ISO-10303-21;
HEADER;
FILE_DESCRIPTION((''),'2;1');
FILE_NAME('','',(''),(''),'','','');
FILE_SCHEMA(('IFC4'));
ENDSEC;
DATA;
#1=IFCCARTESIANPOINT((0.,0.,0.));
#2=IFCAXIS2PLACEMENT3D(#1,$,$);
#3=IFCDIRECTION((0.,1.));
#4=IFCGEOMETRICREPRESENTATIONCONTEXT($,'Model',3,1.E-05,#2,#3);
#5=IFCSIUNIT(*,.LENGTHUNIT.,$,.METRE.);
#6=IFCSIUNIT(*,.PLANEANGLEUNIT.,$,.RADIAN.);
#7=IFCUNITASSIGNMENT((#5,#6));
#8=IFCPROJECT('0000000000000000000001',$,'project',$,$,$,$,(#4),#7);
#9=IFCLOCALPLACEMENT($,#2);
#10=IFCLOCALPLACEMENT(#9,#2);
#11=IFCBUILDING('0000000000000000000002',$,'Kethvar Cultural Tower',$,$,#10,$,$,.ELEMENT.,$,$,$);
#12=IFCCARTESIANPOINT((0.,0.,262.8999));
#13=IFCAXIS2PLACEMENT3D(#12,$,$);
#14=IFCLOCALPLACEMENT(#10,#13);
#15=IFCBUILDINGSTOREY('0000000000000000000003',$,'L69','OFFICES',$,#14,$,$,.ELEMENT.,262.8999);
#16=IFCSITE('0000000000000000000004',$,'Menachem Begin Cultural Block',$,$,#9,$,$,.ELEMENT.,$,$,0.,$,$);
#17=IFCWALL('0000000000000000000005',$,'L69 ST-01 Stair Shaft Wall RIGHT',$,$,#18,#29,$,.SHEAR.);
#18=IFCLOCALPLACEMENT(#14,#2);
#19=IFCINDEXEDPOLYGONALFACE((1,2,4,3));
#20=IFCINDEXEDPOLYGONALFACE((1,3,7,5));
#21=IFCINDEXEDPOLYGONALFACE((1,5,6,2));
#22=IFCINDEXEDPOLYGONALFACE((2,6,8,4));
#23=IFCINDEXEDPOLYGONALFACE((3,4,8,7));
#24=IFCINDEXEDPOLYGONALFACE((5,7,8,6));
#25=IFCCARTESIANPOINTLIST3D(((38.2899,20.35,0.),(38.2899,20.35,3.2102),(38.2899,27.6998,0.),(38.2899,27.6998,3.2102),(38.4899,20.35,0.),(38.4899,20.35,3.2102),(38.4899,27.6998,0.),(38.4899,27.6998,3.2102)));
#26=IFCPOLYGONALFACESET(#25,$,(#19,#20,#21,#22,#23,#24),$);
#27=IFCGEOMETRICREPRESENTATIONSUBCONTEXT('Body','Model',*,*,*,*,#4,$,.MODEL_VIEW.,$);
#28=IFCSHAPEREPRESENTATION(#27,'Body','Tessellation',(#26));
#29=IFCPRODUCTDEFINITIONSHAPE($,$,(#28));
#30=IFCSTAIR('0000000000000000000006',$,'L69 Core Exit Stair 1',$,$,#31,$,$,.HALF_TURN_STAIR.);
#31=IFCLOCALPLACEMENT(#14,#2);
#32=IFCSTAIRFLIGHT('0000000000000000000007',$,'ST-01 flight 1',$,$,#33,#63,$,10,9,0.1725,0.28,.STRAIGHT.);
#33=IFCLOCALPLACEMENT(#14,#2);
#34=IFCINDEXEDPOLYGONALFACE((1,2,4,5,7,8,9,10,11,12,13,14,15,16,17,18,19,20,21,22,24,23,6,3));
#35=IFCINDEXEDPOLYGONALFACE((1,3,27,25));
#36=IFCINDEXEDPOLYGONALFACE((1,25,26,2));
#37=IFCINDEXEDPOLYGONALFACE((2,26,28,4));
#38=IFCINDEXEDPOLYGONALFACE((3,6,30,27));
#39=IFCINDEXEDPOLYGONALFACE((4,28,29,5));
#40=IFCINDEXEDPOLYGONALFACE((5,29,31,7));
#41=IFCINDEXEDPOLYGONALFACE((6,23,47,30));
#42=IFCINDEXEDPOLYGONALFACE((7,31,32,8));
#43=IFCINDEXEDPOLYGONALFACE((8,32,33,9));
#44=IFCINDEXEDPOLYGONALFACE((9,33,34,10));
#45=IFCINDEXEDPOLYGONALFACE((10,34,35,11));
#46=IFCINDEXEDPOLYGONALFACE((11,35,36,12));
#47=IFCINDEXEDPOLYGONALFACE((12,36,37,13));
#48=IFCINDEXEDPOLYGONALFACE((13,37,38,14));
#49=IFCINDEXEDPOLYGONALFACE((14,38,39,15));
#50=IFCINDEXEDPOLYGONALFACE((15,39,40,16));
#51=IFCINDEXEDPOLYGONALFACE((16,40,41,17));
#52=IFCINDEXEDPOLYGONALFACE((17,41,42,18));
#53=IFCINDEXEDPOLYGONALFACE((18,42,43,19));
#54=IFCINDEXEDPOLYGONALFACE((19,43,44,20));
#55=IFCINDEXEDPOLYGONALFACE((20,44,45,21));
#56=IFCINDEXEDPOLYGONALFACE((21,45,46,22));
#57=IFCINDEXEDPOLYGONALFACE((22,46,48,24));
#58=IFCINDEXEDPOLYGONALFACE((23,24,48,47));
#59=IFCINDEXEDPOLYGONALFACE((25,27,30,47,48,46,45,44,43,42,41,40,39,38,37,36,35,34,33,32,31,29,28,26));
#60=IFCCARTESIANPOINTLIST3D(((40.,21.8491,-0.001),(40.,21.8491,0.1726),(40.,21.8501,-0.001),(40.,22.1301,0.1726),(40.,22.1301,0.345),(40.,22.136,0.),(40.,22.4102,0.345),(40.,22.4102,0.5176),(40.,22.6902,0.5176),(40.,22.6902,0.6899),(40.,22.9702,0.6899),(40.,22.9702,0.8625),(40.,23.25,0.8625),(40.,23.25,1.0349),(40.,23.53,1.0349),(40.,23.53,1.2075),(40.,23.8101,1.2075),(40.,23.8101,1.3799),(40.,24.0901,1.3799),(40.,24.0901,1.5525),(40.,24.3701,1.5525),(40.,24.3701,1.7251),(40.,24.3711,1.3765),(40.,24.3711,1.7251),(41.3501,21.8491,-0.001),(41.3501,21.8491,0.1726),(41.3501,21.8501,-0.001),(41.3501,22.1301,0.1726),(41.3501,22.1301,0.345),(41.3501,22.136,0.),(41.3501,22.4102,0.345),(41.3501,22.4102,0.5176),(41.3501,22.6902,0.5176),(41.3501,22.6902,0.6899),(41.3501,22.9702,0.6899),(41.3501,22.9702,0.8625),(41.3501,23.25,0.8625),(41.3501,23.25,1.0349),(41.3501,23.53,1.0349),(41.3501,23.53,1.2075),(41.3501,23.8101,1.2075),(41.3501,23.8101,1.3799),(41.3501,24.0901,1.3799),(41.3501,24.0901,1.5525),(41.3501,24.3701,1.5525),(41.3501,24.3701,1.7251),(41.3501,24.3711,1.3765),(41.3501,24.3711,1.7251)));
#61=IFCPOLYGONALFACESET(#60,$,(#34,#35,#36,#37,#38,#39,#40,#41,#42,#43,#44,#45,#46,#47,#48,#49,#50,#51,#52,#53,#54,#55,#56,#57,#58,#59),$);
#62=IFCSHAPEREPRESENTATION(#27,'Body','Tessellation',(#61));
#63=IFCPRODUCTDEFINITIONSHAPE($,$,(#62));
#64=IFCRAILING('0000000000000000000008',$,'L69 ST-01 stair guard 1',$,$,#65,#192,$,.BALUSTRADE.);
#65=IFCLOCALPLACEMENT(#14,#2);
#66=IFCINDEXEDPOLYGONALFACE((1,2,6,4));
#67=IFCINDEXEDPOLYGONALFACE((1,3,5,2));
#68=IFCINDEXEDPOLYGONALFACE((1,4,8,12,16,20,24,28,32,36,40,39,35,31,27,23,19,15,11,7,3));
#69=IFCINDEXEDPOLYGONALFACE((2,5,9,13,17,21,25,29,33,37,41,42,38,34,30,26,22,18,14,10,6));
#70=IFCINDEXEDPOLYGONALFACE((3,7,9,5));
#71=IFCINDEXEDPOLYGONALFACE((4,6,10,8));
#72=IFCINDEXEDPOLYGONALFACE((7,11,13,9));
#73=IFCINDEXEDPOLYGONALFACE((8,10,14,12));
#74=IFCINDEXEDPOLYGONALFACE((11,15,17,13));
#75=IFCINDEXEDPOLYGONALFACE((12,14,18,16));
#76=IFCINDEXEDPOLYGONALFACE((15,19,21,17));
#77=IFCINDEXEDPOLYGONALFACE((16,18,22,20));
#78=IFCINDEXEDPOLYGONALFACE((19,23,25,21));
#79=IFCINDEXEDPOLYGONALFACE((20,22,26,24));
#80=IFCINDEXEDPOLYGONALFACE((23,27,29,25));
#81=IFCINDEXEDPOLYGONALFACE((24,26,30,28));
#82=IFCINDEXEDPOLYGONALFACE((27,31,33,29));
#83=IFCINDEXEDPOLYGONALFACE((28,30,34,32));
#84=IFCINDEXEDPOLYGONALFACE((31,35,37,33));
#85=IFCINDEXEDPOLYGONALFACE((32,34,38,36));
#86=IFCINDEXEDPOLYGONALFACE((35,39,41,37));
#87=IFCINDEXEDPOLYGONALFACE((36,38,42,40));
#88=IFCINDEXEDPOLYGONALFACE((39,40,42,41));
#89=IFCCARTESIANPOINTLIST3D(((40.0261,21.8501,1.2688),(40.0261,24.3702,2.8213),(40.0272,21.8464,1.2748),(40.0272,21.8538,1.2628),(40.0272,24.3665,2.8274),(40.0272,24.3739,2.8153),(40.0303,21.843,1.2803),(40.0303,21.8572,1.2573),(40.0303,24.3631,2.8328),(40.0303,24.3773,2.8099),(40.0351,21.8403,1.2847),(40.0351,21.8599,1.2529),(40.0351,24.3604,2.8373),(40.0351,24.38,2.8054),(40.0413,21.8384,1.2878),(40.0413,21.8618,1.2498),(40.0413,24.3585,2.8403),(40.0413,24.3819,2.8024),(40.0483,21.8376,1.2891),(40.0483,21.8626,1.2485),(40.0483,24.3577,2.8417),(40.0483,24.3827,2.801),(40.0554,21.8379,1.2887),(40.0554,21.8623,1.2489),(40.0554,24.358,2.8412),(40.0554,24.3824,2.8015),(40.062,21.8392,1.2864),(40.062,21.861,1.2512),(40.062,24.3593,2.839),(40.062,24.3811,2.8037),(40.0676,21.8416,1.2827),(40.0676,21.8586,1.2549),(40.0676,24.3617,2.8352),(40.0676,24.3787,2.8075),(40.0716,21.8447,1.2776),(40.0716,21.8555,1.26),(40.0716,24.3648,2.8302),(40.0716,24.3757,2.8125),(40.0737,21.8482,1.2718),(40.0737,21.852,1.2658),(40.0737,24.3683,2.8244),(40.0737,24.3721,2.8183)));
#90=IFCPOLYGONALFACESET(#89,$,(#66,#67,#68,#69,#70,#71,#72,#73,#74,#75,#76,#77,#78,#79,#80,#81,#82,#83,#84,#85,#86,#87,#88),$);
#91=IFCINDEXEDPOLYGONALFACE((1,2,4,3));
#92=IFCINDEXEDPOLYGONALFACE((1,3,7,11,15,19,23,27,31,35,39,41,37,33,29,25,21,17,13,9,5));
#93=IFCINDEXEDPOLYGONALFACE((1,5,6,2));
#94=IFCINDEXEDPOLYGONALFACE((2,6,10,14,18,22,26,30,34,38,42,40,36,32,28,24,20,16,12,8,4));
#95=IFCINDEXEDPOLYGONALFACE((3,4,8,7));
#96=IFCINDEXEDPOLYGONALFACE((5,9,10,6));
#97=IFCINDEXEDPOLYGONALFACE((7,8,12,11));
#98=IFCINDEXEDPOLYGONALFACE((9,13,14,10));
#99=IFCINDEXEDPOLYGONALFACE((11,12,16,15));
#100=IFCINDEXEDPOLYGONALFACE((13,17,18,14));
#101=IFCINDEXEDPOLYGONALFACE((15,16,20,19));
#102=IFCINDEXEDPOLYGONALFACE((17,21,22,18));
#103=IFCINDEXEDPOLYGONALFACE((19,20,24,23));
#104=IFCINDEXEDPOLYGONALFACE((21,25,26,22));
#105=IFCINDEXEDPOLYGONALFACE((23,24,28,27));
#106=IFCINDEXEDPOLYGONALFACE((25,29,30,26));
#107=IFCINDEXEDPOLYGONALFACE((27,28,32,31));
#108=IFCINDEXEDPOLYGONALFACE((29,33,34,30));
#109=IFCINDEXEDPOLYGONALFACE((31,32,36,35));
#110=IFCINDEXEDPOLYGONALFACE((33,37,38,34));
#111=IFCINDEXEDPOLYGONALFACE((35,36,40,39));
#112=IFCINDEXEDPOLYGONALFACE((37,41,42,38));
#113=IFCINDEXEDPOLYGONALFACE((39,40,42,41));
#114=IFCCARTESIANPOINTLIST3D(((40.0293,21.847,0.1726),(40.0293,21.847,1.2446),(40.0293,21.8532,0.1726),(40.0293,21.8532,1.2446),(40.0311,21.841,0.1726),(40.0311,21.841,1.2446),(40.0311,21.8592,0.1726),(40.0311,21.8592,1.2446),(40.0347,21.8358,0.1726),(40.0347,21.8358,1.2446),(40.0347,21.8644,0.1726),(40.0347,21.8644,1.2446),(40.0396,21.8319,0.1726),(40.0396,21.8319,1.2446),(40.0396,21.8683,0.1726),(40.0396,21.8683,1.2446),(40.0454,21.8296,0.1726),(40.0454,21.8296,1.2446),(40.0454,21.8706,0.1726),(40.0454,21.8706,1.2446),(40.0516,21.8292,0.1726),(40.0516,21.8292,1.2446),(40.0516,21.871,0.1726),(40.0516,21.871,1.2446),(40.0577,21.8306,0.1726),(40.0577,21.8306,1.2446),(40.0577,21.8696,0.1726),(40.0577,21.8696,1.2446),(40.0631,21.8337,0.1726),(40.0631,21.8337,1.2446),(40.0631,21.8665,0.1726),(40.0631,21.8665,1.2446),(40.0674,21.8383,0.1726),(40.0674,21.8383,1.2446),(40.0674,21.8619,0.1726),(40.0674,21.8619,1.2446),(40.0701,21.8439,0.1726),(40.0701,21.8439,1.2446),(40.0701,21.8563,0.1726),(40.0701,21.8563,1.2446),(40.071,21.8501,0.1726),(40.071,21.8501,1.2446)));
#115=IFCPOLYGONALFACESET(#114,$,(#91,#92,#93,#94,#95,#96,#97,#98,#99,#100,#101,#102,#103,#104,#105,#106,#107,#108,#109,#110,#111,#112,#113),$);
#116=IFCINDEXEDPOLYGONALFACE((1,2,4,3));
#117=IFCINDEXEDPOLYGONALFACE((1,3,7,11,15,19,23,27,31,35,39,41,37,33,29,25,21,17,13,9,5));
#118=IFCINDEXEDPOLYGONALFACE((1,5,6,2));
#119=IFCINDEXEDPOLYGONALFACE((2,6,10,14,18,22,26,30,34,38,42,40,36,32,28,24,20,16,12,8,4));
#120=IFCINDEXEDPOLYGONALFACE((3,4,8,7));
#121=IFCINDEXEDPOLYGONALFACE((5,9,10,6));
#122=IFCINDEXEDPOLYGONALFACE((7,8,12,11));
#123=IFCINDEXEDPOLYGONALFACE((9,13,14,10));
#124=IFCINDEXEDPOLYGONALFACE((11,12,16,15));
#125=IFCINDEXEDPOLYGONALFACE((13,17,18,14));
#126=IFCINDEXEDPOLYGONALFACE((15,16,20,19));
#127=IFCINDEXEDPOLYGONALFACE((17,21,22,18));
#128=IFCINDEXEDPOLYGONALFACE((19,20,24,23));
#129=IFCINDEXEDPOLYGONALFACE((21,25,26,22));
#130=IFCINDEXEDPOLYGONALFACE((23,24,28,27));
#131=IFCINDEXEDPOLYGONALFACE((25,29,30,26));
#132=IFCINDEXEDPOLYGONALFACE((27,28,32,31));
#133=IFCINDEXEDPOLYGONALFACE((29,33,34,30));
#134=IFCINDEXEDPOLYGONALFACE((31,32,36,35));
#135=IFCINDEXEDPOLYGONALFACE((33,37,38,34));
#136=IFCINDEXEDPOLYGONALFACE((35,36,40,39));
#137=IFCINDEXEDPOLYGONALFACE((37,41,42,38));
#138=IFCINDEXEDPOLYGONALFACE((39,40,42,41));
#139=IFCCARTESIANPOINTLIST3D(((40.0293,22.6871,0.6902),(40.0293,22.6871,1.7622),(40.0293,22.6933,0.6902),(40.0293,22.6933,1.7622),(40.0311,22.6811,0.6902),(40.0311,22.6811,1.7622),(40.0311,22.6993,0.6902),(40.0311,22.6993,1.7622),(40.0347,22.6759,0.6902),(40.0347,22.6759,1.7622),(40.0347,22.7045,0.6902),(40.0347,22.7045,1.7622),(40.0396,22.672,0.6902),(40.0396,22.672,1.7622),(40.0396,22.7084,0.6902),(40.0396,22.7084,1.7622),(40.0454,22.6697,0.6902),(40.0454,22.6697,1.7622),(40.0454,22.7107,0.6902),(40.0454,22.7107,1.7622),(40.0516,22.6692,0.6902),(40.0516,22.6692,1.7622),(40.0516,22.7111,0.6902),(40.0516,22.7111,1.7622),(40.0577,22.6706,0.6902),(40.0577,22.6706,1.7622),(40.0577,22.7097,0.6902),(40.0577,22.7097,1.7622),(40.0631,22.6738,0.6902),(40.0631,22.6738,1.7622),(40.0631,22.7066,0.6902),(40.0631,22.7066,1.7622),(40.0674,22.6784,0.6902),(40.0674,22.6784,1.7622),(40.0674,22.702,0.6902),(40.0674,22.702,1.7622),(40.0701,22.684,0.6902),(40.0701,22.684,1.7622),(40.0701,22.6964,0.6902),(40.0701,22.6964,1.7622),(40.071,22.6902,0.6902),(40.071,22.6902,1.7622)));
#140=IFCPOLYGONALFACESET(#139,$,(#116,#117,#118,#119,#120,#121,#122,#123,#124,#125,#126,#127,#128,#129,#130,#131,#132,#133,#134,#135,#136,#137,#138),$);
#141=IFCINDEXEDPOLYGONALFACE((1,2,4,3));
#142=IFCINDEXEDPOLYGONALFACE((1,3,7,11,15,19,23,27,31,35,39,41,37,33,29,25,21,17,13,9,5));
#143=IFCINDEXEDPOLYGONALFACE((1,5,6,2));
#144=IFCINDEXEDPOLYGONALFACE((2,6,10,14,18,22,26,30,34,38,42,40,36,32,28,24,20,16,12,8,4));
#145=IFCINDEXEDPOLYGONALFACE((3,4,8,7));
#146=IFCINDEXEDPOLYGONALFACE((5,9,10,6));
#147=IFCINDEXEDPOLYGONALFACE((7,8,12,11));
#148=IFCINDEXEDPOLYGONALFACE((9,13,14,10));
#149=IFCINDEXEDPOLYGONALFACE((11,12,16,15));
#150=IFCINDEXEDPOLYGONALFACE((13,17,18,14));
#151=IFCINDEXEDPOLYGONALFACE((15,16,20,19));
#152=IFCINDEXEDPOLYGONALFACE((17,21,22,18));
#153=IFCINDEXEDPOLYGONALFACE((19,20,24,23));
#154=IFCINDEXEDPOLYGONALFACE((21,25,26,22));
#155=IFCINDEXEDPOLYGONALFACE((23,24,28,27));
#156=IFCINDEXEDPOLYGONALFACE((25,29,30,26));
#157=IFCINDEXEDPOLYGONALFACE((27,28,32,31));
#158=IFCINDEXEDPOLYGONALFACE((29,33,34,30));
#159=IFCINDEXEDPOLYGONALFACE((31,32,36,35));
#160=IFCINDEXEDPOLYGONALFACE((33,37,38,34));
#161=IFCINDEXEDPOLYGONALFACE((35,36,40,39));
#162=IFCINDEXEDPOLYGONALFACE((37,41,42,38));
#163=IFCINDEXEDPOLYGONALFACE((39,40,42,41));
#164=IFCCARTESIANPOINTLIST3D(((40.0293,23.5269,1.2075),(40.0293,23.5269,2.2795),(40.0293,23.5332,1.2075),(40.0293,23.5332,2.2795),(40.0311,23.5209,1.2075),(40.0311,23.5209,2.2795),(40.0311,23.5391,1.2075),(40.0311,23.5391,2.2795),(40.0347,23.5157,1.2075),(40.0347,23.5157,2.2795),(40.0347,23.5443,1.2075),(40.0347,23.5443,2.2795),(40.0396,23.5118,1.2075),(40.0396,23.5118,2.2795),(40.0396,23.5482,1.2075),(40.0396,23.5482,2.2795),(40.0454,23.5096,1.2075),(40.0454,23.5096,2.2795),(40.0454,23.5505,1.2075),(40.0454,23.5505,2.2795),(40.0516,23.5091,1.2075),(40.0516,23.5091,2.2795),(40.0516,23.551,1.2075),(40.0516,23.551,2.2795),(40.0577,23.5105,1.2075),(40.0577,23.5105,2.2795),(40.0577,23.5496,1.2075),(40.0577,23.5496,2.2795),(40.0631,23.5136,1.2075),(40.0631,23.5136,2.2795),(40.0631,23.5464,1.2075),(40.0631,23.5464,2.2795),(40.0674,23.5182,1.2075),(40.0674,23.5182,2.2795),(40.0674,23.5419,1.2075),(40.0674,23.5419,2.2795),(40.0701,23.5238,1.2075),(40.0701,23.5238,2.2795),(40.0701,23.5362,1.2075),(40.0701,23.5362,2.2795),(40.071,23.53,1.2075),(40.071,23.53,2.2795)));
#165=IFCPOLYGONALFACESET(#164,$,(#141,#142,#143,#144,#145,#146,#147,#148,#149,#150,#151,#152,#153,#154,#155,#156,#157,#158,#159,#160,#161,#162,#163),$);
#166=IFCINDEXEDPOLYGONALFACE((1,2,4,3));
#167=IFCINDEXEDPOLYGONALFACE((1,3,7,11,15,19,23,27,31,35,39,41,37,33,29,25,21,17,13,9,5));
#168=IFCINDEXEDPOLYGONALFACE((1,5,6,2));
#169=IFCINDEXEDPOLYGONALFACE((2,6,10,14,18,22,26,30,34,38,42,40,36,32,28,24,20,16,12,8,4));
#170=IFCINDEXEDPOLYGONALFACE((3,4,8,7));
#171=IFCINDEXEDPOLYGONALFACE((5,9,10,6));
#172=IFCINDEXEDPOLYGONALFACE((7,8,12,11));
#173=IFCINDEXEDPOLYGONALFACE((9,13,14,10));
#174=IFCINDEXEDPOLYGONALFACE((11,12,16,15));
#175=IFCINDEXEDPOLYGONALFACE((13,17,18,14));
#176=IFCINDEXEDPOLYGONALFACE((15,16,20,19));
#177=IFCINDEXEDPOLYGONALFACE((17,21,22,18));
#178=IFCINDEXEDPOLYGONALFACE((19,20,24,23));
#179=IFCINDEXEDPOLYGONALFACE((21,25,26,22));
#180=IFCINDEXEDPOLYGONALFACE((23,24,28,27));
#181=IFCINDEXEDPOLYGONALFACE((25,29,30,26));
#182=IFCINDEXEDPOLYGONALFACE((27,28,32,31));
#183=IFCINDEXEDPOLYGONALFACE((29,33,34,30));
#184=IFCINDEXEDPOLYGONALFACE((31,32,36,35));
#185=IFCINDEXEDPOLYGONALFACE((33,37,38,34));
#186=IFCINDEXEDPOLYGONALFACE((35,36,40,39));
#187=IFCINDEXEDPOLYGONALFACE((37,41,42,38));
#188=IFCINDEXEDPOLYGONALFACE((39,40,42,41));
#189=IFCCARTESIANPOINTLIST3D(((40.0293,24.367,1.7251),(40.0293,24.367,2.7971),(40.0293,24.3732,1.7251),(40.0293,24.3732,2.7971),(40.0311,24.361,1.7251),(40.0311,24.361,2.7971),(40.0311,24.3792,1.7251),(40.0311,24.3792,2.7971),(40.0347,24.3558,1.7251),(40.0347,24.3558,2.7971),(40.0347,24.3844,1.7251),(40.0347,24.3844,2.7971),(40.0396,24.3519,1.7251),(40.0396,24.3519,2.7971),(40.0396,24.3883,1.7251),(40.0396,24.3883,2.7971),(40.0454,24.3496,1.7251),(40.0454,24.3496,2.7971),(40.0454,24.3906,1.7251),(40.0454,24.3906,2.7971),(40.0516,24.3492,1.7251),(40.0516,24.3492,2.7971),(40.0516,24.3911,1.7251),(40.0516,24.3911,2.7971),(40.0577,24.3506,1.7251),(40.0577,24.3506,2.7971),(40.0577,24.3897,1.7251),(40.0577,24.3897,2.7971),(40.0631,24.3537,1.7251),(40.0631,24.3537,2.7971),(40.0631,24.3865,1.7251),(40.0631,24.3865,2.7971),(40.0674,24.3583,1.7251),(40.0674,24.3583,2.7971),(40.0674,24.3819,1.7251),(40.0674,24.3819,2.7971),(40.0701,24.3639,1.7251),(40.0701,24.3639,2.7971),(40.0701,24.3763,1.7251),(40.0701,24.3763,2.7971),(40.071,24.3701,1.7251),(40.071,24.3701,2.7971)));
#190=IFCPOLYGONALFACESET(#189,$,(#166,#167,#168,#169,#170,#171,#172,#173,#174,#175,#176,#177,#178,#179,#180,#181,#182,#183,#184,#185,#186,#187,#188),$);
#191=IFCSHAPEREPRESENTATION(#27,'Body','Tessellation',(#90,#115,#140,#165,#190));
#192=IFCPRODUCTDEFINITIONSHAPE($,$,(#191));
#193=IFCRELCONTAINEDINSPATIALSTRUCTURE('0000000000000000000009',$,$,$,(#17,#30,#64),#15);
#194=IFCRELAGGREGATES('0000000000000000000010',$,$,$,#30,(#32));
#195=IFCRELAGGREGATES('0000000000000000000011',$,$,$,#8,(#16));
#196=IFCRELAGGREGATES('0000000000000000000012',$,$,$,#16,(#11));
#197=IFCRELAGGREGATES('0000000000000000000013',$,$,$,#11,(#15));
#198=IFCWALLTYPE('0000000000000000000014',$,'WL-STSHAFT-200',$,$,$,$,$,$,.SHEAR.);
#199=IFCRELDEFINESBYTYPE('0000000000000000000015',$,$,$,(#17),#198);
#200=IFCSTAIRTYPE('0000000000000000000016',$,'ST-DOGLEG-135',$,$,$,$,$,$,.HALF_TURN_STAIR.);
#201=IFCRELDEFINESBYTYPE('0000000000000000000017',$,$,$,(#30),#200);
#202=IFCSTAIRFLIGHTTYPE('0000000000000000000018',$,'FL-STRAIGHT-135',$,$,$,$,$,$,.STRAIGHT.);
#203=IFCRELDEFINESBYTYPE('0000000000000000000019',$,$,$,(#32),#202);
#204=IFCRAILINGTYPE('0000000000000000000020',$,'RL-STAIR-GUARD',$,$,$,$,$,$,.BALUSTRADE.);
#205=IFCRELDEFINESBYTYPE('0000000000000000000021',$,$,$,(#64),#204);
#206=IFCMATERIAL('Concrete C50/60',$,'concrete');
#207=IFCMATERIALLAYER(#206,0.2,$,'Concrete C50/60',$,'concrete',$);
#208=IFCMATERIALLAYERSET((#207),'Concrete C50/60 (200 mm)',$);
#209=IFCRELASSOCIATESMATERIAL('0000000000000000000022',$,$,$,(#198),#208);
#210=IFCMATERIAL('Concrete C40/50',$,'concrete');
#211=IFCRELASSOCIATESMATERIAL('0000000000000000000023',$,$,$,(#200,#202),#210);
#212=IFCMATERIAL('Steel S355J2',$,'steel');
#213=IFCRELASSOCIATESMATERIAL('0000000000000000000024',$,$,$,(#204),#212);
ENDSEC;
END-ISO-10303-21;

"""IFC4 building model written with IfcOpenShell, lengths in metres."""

from ifc_helpers import new_model, si_unit, direction, frame, frame_2d, origin, origin_2d, place, context, subcontext, project, spatial, polyline, rectangle, circle, outline, extrude, material, layer, layer_set, type_object, element, aggregate, save


model = new_model("IFC4")

# Units and contexts
model_context = context("Model", 3, precision=1e-05, world=origin(), true_north=direction((0.0, 1.0)))
body_context = subcontext(model_context, "Body", "Model", "MODEL_VIEW")
ifc_project = project(units=[si_unit("LENGTHUNIT", "METRE"), si_unit("PLANEANGLEUNIT", "RADIAN")], contexts=[model_context])

# Site, building, storey
site_placement = place(None, origin())
site = spatial("IfcSite", under=ifc_project, at=site_placement, Name="Menachem Begin Cultural Block", CompositionType="ELEMENT", RefElevation=0.0)
building_placement = place(site_placement, origin())
building = spatial("IfcBuilding", under=site, at=building_placement, Name="Kethvar Cultural Tower", CompositionType="ELEMENT")
storey_placement = place(building_placement, frame((0.0, 0.0, 262.8999)))
storey = spatial("IfcBuildingStorey", under=building, at=storey_placement, Name="L69", Description="OFFICES", CompositionType="ELEMENT", Elevation=262.8999)

# Shared definitions
ifc_material_1 = material(Name="Steel S355J2", Category="steel")

# Shared definitions
ifc_material_2 = material(Name="Concrete C50/60", Category="concrete")

# Shared definitions
ifc_material_3 = material(Name="Concrete C40/50", Category="concrete")

# Wall
ifc_layer_1 = layer(ifc_material_2, 0.2, Name="Concrete C50/60", Category="concrete")
ifc_layer_set_1 = layer_set([ifc_layer_1], Name="Concrete C50/60 (200 mm)")
wall_type_1 = type_object("IfcWallType", Name="WL-STSHAFT-200", PredefinedType="SHEAR", material=ifc_layer_set_1)
wall_1_placement = place(storey_placement, frame((38.3899, 20.3501, 0.0), z_axis=(0.0, 0.0, 1.0), x_axis=(0.0, 1.0, 0.0)))
element("IfcWall", 1, at=wall_1_placement, inside=storey, type_object=wall_type_1, Name="L69 ST-01 Stair Shaft Wall RIGHT", PredefinedType="SHEAR", context=body_context, shape_type="SweptSolid", body=[
    extrude(rectangle(XDim=7.3499, YDim=0.2, at=frame_2d((3.6748, 0.0))), origin(), (0.0, 0.0, 1.0), 3.2102),
])

# Stair, stair flight
stair_type = type_object("IfcStairType", Name="ST-DOGLEG-135", PredefinedType="HALF_TURN_STAIR", material=ifc_material_3)
stair_placement = place(storey_placement, origin())
stair = element("IfcStair", 2, at=stair_placement, inside=storey, type_object=stair_type, Name="L69 Core Exit Stair 1", PredefinedType="HALF_TURN_STAIR")
stair_flight_type = type_object("IfcStairFlightType", Name="FL-STRAIGHT-135", PredefinedType="STRAIGHT", material=ifc_material_3)
stair_flight_placement = place(storey_placement, frame((40.675, 21.8501, 0.0), z_axis=(0.0, 0.0, 1.0), x_axis=(0.0, 1.0, 0.0)))
stair_flight = element("IfcStairFlight", 3, at=stair_flight_placement, type_object=stair_flight_type, Name="ST-01 flight 1", NumberOfRisers=10, NumberOfTreads=9, PredefinedType="STRAIGHT", RiserHeight=0.1725, TreadLength=0.28, context=body_context, shape_type="SweptSolid", body=[
    extrude(outline(polyline([(-0.001, -0.001), (-0.001, 0.1726), (0.28, 0.1726), (0.28, 0.345), (0.5601, 0.345), (0.5601, 0.5176), (0.8401, 0.5176), (0.8401, 0.6899), (1.1201, 0.6899), (1.1201, 0.8625), (1.3999, 0.8625), (1.3999, 1.0349), (1.6799, 1.0349), (1.6799, 1.2075), (1.96, 1.2075), (1.96, 1.3799), (2.24, 1.3799), (2.24, 1.5525), (2.52, 1.5525), (2.52, 1.7251), (2.521, 1.7251), (2.521, 1.3765), (0.2859, 0.0), (0.0, -0.001), (-0.001, -0.001)])), frame((0.0, 0.675, 0.0), z_axis=(0.0, -1.0, 0.0), x_axis=(1.0, 0.0, 0.0)), (0.0, 0.0, 1.0), 1.3501),
])
aggregate(stair, [stair_flight])

# Railing
railing_type_1 = type_object("IfcRailingType", Name="RL-STAIR-GUARD", PredefinedType="BALUSTRADE", material=ifc_material_1)
railing_1_placement = place(storey_placement, frame((40.05, 21.8501, 0.1726)))
element("IfcRailing", 4, at=railing_1_placement, inside=storey, type_object=railing_type_1, Name="L69 ST-01 stair guard 1", PredefinedType="BALUSTRADE", context=body_context, shape_type="SweptSolid", body=[
    extrude(circle(Radius=0.0239, at=origin_2d()), frame((0.0, 0.0, 1.0962), z_axis=(0.0, 0.8514, 0.524516), x_axis=(-1.0, 0.0, 0.0)), (0.0, 0.0, 1.0), 2.96),
    extrude(circle(Radius=0.021, at=origin_2d()), origin(), (0.0, 0.0, 1.0), 1.072),
    extrude(circle(Radius=0.021, at=origin_2d()), frame((0.0, 0.8401, 0.5176)), (0.0, 0.0, 1.0), 1.072),
    extrude(circle(Radius=0.021, at=origin_2d()), frame((0.0, 1.6799, 1.0349)), (0.0, 0.0, 1.0), 1.072),
    extrude(circle(Radius=0.021, at=origin_2d()), frame((0.0, 2.52, 1.5525)), (0.0, 0.0, 1.0), 1.072),
])

save(model, "model.ifc")
